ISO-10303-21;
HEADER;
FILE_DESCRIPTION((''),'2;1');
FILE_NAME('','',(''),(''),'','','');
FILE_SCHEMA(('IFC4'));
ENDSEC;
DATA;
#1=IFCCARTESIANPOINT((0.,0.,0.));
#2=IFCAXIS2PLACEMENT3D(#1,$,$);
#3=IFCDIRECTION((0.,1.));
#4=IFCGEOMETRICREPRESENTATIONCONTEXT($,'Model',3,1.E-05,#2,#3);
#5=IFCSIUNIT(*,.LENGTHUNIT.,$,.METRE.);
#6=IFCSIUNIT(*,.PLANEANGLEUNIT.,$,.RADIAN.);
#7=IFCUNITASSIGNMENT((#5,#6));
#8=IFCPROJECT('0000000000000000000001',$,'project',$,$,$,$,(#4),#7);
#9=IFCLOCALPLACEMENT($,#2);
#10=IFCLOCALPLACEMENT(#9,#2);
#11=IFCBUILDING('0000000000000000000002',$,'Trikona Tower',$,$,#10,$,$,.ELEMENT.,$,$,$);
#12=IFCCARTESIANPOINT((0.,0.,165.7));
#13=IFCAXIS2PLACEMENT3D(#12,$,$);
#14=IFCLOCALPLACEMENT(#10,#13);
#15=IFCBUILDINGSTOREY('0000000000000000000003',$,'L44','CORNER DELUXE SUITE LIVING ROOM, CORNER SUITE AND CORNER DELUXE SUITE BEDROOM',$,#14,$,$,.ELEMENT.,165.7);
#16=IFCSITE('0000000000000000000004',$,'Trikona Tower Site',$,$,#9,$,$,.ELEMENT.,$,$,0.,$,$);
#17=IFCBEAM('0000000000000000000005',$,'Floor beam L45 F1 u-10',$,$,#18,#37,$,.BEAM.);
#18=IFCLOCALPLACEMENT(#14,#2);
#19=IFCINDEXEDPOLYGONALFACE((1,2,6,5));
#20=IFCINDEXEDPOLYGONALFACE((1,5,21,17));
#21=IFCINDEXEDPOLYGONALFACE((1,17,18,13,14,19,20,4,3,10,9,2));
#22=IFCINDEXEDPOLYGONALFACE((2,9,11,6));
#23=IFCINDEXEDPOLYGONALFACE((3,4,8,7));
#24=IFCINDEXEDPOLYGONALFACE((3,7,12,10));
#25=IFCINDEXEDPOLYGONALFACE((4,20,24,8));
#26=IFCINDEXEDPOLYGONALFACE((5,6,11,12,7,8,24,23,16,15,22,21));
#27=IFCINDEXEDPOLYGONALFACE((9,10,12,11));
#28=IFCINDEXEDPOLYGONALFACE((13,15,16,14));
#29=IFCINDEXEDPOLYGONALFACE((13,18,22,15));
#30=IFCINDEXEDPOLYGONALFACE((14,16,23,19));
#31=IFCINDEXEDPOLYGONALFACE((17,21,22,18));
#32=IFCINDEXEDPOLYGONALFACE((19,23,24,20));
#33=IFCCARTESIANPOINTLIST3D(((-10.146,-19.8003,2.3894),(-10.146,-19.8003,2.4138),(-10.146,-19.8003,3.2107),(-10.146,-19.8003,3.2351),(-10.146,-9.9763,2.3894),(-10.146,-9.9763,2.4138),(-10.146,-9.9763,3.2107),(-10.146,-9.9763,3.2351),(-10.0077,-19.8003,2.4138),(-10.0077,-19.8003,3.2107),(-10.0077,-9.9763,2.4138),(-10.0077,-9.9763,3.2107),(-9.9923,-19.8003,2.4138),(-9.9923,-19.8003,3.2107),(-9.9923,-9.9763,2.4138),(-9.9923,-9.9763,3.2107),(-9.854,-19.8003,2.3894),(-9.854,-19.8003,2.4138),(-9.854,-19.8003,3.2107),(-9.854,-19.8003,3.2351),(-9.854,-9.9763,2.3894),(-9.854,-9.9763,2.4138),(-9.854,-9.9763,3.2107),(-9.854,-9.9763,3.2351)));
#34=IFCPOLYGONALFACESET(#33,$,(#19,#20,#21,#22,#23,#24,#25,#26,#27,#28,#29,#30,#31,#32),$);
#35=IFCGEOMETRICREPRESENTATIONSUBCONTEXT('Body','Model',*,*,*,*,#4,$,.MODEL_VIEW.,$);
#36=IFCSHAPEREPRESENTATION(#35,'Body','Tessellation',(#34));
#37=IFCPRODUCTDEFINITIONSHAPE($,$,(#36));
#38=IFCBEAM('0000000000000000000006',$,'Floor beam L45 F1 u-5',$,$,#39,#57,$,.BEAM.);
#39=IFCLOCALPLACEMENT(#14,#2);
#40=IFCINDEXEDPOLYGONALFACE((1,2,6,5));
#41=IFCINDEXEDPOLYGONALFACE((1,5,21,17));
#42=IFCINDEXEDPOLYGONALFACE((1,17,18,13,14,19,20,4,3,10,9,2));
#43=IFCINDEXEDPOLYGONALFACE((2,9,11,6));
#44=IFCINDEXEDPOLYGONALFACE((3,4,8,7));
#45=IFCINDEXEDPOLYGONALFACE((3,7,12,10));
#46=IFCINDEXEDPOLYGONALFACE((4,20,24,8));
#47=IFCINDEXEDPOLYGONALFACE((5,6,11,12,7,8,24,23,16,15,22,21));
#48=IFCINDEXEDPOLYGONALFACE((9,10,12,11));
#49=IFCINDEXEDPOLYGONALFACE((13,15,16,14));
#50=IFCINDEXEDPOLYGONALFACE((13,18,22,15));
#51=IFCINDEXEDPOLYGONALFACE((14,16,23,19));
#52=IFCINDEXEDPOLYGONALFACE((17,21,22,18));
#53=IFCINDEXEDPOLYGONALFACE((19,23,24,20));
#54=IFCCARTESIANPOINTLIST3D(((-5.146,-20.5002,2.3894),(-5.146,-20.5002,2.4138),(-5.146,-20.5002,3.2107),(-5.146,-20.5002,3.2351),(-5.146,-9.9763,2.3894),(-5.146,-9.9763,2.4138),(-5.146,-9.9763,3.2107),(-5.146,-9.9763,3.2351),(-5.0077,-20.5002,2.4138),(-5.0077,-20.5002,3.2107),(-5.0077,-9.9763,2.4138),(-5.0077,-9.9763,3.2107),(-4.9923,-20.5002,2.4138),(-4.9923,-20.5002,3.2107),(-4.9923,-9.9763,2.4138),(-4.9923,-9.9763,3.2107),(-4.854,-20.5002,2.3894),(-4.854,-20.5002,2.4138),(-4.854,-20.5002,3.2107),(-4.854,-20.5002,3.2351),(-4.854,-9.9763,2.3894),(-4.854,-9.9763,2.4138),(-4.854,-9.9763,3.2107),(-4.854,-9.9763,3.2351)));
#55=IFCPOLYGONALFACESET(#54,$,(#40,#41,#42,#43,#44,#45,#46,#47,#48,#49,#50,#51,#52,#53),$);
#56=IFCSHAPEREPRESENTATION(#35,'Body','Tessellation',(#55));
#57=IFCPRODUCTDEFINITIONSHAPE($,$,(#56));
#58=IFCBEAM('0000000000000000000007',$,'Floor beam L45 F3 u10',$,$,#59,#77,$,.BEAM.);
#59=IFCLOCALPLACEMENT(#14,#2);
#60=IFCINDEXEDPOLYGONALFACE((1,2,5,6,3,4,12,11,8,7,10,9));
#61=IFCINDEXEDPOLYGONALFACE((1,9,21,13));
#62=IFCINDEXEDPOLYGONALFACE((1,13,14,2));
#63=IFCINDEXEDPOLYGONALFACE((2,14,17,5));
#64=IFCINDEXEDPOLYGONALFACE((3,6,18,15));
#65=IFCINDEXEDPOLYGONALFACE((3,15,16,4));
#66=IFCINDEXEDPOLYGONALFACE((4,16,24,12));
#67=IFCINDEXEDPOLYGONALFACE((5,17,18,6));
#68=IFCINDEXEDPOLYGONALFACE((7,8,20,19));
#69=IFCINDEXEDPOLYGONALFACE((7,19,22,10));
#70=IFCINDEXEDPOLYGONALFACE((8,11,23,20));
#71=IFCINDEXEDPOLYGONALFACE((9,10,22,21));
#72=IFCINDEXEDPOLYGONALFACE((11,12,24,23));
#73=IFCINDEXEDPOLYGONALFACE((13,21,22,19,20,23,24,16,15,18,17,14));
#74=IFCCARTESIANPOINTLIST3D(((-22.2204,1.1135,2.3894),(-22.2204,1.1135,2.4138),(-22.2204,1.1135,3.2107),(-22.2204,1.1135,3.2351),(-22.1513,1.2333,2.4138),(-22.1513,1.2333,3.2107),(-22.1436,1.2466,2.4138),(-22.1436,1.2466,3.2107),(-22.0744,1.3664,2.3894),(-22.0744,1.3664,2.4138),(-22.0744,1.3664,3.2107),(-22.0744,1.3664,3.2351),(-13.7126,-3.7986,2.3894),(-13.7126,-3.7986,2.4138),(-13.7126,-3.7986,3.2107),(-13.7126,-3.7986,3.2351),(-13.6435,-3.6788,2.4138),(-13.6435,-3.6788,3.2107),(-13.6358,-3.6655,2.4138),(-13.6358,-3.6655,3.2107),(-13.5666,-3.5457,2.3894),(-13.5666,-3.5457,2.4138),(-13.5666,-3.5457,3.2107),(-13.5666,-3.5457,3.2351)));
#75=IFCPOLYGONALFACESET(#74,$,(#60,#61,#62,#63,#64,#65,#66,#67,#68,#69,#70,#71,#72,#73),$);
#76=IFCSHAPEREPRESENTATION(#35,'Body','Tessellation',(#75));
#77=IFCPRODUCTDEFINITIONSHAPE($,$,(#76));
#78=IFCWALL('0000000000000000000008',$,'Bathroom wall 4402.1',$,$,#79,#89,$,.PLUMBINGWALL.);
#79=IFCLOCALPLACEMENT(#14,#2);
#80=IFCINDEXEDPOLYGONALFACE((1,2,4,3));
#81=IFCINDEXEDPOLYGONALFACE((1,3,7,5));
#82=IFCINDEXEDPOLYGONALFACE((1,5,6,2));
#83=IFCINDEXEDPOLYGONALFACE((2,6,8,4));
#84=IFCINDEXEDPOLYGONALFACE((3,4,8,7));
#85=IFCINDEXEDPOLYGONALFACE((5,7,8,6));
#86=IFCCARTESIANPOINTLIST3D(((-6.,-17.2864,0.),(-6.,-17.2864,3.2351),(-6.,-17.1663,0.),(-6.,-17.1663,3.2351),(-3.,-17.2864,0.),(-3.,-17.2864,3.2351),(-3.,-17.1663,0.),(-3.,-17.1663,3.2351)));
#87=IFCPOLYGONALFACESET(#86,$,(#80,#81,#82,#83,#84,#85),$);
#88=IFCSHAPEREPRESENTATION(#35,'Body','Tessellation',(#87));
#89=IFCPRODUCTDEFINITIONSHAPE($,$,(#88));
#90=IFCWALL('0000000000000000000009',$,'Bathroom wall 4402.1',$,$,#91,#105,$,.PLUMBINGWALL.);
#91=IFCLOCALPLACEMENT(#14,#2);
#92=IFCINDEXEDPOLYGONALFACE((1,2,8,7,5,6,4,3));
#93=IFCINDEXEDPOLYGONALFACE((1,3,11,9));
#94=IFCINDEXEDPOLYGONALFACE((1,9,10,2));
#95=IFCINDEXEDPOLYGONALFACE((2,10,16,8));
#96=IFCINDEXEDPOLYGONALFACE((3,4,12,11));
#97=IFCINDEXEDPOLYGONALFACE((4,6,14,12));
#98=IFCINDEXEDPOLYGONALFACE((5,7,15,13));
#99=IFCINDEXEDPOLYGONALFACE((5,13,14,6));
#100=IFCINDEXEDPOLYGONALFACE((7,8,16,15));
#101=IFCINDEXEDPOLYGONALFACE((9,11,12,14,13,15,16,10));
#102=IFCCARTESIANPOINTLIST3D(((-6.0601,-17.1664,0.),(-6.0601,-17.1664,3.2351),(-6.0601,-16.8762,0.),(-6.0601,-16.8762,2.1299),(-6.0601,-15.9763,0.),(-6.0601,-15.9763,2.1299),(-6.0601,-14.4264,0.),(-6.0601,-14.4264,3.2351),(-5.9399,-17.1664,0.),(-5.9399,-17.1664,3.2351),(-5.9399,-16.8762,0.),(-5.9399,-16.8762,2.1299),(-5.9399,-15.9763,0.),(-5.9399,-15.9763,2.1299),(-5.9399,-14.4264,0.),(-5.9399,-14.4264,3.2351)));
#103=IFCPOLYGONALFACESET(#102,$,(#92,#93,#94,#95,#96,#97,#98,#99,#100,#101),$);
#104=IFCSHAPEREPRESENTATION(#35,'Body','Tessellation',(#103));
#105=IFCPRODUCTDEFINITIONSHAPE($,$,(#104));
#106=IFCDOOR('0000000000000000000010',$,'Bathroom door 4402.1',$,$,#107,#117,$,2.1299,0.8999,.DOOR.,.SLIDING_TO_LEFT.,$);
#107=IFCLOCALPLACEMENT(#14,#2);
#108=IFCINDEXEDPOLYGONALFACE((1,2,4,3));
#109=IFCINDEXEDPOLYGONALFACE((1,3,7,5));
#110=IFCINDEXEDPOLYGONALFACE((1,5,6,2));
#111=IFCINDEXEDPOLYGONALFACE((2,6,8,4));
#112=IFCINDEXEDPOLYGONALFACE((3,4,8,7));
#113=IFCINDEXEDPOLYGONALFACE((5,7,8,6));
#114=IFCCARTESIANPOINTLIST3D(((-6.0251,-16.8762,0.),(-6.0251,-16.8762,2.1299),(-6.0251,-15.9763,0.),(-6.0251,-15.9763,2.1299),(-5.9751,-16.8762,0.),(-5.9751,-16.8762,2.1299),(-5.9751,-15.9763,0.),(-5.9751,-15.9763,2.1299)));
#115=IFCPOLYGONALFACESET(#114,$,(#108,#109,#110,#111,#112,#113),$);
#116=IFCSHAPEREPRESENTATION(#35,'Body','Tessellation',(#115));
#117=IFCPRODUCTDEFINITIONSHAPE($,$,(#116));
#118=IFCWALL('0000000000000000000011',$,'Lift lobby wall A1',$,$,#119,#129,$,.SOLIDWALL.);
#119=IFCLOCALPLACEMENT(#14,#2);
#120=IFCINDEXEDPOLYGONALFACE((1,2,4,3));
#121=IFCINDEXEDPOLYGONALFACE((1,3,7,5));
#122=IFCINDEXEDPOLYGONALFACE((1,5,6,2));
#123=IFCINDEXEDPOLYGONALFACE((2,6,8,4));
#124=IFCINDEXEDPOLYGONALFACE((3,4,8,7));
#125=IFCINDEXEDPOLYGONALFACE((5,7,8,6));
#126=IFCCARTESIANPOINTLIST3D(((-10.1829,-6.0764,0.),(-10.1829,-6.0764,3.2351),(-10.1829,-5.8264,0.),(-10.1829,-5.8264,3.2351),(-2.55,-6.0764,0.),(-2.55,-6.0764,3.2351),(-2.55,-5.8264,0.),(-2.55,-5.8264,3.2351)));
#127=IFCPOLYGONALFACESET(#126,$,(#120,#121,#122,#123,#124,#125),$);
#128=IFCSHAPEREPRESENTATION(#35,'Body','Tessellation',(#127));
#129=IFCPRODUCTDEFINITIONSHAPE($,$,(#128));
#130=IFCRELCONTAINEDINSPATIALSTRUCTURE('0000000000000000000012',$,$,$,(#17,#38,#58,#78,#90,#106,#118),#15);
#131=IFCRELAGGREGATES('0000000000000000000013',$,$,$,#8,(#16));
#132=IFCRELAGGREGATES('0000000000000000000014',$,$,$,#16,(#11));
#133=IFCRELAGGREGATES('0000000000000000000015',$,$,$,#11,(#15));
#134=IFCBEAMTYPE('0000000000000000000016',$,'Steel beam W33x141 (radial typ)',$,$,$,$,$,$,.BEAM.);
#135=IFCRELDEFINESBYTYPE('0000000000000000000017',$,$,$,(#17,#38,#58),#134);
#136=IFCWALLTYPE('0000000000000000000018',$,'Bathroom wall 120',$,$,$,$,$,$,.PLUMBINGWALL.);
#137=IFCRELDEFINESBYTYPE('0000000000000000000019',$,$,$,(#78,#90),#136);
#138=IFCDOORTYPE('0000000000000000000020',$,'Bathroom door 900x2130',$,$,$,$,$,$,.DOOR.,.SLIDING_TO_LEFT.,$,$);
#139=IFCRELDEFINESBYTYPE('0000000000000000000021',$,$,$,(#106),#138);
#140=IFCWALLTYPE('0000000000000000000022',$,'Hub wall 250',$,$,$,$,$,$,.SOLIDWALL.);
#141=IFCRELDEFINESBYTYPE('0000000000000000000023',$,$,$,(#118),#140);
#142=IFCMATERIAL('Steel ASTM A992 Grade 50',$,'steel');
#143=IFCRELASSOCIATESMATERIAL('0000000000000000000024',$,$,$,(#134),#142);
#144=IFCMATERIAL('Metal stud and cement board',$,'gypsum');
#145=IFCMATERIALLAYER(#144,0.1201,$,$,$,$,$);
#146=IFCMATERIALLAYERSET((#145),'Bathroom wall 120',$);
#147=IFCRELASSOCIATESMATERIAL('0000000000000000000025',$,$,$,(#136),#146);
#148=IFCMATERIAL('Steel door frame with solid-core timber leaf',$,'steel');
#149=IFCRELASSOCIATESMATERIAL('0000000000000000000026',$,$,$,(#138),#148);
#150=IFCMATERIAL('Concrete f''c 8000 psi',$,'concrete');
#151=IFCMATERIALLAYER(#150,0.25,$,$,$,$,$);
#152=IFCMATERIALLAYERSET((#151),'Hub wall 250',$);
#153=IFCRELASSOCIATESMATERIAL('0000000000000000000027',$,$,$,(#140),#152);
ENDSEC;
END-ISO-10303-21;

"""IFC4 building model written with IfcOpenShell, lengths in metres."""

from ifc_helpers import new_model, si_unit, direction, frame, frame_2d, origin, origin_2d, place, context, subcontext, project, spatial, rectangle, i_section, extrude, material, layer, layer_set, material_profile, profile_set, type_object, element, fill, save


model = new_model("IFC4")

# Units and contexts
model_context = context("Model", 3, precision=1e-05, world=origin(), true_north=direction((0.0, 1.0)))
body_context = subcontext(model_context, "Body", "Model", "MODEL_VIEW")
ifc_project = project(units=[si_unit("LENGTHUNIT", "METRE"), si_unit("PLANEANGLEUNIT", "RADIAN")], contexts=[model_context])

# Site, building, storey
site_placement = place(None, origin())
site = spatial("IfcSite", under=ifc_project, at=site_placement, Name="Trikona Tower Site", CompositionType="ELEMENT", RefElevation=0.0)
building_placement = place(site_placement, origin())
building = spatial("IfcBuilding", under=site, at=building_placement, Name="Trikona Tower", CompositionType="ELEMENT")
storey_placement = place(building_placement, frame((0.0, 0.0, 165.7)))
storey = spatial("IfcBuildingStorey", under=building, at=storey_placement, Name="L44", Description="CORNER DELUXE SUITE LIVING ROOM, CORNER SUITE AND CORNER DELUXE SUITE BEDROOM", CompositionType="ELEMENT", Elevation=165.7)

# Beams
ifc_material_1 = material(Name="Steel ASTM A992 Grade 50", Category="steel")
ifc_material_profile = material_profile(ifc_material_1, i_section(OverallWidth=0.292, OverallDepth=0.8457, WebThickness=0.0154, FlangeThickness=0.0244, at=origin_2d()), Name="W33X141")
ifc_profile_set = profile_set([ifc_material_profile], Name="Steel ASTM A992 Grade 50")
beam_type = type_object("IfcBeamType", Name="Steel beam W33x141 (radial typ)", PredefinedType="BEAM", material=ifc_profile_set)
beam_1_placement = place(storey_placement, frame((-10.0, -9.9763, 2.8123), z_axis=(0.0, -1.0, 0.0), x_axis=(1.0, 0.0, 0.0)))
element("IfcBeam", 1, at=beam_1_placement, inside=storey, type_object=beam_type, Name="Floor beam L45 F1 u-10", PredefinedType="BEAM", context=body_context, shape_type="SweptSolid", body=[
    extrude(i_section(OverallWidth=0.292, OverallDepth=0.8457, WebThickness=0.0154, FlangeThickness=0.0244, at=origin_2d()), origin(), (0.0, 0.0, 1.0), 9.824),
])
beam_2_placement = place(storey_placement, frame((-5.0, -9.9763, 2.8123), z_axis=(0.0, -1.0, 0.0), x_axis=(1.0, 0.0, 0.0)))
element("IfcBeam", 2, at=beam_2_placement, inside=storey, type_object=beam_type, Name="Floor beam L45 F1 u-5", PredefinedType="BEAM", context=body_context, shape_type="SweptSolid", body=[
    extrude(i_section(OverallWidth=0.292, OverallDepth=0.8457, WebThickness=0.0154, FlangeThickness=0.0244, at=origin_2d()), origin(), (0.0, 0.0, 1.0), 10.5239),
])
beam_3_placement = place(storey_placement, frame((-13.6396, -3.6721, 2.8123), z_axis=(-0.86602, 0.500009, 0.0), x_axis=(-0.500009, -0.86602, 0.0)))
element("IfcBeam", 3, at=beam_3_placement, inside=storey, type_object=beam_type, Name="Floor beam L45 F3 u10", PredefinedType="BEAM", context=body_context, shape_type="SweptSolid", body=[
    extrude(i_section(OverallWidth=0.292, OverallDepth=0.8457, WebThickness=0.0154, FlangeThickness=0.0244, at=origin_2d()), origin(), (0.0, 0.0, 1.0), 9.824),
])

# Wall
ifc_material_2 = material(Name="Metal stud and cement board", Category="gypsum")
ifc_layer_1 = layer(ifc_material_2, 0.1201)
ifc_layer_set_1 = layer_set([ifc_layer_1], Name="Bathroom wall 120")
wall_type_1 = type_object("IfcWallType", Name="Bathroom wall 120", PredefinedType="PLUMBINGWALL", material=ifc_layer_set_1)
wall_1_placement = place(storey_placement, frame((-6.0, -17.2263, 0.0), z_axis=(0.0, 0.0, 1.0), x_axis=(1.0, 0.0, 0.0)))
element("IfcWall", 4, at=wall_1_placement, inside=storey, type_object=wall_type_1, Name="Bathroom wall 4402.1", PredefinedType="PLUMBINGWALL", context=body_context, shape_type="SweptSolid", body=[
    extrude(rectangle(XDim=3.0, YDim=0.1201, at=frame_2d((1.5, 0.0))), origin(), (0.0, 0.0, 1.0), 3.2351),
])

# Wall, opening, door
wall_2_placement = place(storey_placement, frame((-6.0, -14.4263, 0.0), z_axis=(0.0, 0.0, 1.0), x_axis=(0.0, -1.0, 0.0)))
wall_2 = element("IfcWall", 5, at=wall_2_placement, inside=storey, type_object=wall_type_1, Name="Bathroom wall 4402.1", PredefinedType="PLUMBINGWALL", context=body_context, shape_type="SweptSolid", body=[
    extrude(rectangle(XDim=2.74, YDim=0.1201, at=frame_2d((1.3701, 0.0))), origin(), (0.0, 0.0, 1.0), 3.2351),
])
opening_1_placement = place(wall_2_placement, frame((1.55, 0.0, 0.0)))
opening_1 = element("IfcOpeningElement", 6, at=opening_1_placement, cuts=wall_2, PredefinedType="OPENING", context=body_context, shape_type="SweptSolid", body=[
    extrude(rectangle(XDim=0.8999, YDim=2.1299, at=frame_2d((0.45, 1.0649))), frame((0.0, 0.0701, 0.0), z_axis=(0.0, -1.0, 0.0), x_axis=(1.0, 0.0, 0.0)), (0.0, 0.0, 1.0), 0.1401),
])
ifc_material_3 = material(Name="Steel door frame with solid-core timber leaf", Category="steel")
door_type_1 = type_object("IfcDoorType", Name="Bathroom door 900x2130", OperationType="SLIDING_TO_LEFT", PredefinedType="DOOR", material=ifc_material_3)
door_1_placement = place(opening_1_placement, origin())
door_1 = element("IfcDoor", 7, at=door_1_placement, inside=storey, type_object=door_type_1, Name="Bathroom door 4402.1", OperationType="SLIDING_TO_LEFT", OverallHeight=2.1299, OverallWidth=0.8999, PredefinedType="DOOR", context=body_context, shape_type="SweptSolid", body=[
    extrude(rectangle(XDim=0.8999, YDim=2.1299, at=frame_2d((0.45, 1.0649))), frame((0.0, 0.0249, 0.0), z_axis=(0.0, -1.0, 0.0), x_axis=(1.0, 0.0, 0.0)), (0.0, 0.0, 1.0), 0.05),
])
fill(opening_1, door_1)

# Wall
ifc_material_4 = material(Name="Concrete f'c 8000 psi", Category="concrete")
ifc_layer_2 = layer(ifc_material_4, 0.25)
ifc_layer_set_2 = layer_set([ifc_layer_2], Name="Hub wall 250")
wall_type_2 = type_object("IfcWallType", Name="Hub wall 250", PredefinedType="SOLIDWALL", material=ifc_layer_set_2)
wall_3_placement = place(storey_placement, frame((-10.1829, -5.9514, 0.0), z_axis=(0.0, 0.0, 1.0), x_axis=(1.0, 0.0, 0.0)))
element("IfcWall", 8, at=wall_3_placement, inside=storey, type_object=wall_type_2, Name="Lift lobby wall A1", PredefinedType="SOLIDWALL", context=body_context, shape_type="SweptSolid", body=[
    extrude(rectangle(XDim=7.6328, YDim=0.25, at=frame_2d((3.8164, 0.0))), origin(), (0.0, 0.0, 1.0), 3.2351),
])

save(model, "model.ifc")
